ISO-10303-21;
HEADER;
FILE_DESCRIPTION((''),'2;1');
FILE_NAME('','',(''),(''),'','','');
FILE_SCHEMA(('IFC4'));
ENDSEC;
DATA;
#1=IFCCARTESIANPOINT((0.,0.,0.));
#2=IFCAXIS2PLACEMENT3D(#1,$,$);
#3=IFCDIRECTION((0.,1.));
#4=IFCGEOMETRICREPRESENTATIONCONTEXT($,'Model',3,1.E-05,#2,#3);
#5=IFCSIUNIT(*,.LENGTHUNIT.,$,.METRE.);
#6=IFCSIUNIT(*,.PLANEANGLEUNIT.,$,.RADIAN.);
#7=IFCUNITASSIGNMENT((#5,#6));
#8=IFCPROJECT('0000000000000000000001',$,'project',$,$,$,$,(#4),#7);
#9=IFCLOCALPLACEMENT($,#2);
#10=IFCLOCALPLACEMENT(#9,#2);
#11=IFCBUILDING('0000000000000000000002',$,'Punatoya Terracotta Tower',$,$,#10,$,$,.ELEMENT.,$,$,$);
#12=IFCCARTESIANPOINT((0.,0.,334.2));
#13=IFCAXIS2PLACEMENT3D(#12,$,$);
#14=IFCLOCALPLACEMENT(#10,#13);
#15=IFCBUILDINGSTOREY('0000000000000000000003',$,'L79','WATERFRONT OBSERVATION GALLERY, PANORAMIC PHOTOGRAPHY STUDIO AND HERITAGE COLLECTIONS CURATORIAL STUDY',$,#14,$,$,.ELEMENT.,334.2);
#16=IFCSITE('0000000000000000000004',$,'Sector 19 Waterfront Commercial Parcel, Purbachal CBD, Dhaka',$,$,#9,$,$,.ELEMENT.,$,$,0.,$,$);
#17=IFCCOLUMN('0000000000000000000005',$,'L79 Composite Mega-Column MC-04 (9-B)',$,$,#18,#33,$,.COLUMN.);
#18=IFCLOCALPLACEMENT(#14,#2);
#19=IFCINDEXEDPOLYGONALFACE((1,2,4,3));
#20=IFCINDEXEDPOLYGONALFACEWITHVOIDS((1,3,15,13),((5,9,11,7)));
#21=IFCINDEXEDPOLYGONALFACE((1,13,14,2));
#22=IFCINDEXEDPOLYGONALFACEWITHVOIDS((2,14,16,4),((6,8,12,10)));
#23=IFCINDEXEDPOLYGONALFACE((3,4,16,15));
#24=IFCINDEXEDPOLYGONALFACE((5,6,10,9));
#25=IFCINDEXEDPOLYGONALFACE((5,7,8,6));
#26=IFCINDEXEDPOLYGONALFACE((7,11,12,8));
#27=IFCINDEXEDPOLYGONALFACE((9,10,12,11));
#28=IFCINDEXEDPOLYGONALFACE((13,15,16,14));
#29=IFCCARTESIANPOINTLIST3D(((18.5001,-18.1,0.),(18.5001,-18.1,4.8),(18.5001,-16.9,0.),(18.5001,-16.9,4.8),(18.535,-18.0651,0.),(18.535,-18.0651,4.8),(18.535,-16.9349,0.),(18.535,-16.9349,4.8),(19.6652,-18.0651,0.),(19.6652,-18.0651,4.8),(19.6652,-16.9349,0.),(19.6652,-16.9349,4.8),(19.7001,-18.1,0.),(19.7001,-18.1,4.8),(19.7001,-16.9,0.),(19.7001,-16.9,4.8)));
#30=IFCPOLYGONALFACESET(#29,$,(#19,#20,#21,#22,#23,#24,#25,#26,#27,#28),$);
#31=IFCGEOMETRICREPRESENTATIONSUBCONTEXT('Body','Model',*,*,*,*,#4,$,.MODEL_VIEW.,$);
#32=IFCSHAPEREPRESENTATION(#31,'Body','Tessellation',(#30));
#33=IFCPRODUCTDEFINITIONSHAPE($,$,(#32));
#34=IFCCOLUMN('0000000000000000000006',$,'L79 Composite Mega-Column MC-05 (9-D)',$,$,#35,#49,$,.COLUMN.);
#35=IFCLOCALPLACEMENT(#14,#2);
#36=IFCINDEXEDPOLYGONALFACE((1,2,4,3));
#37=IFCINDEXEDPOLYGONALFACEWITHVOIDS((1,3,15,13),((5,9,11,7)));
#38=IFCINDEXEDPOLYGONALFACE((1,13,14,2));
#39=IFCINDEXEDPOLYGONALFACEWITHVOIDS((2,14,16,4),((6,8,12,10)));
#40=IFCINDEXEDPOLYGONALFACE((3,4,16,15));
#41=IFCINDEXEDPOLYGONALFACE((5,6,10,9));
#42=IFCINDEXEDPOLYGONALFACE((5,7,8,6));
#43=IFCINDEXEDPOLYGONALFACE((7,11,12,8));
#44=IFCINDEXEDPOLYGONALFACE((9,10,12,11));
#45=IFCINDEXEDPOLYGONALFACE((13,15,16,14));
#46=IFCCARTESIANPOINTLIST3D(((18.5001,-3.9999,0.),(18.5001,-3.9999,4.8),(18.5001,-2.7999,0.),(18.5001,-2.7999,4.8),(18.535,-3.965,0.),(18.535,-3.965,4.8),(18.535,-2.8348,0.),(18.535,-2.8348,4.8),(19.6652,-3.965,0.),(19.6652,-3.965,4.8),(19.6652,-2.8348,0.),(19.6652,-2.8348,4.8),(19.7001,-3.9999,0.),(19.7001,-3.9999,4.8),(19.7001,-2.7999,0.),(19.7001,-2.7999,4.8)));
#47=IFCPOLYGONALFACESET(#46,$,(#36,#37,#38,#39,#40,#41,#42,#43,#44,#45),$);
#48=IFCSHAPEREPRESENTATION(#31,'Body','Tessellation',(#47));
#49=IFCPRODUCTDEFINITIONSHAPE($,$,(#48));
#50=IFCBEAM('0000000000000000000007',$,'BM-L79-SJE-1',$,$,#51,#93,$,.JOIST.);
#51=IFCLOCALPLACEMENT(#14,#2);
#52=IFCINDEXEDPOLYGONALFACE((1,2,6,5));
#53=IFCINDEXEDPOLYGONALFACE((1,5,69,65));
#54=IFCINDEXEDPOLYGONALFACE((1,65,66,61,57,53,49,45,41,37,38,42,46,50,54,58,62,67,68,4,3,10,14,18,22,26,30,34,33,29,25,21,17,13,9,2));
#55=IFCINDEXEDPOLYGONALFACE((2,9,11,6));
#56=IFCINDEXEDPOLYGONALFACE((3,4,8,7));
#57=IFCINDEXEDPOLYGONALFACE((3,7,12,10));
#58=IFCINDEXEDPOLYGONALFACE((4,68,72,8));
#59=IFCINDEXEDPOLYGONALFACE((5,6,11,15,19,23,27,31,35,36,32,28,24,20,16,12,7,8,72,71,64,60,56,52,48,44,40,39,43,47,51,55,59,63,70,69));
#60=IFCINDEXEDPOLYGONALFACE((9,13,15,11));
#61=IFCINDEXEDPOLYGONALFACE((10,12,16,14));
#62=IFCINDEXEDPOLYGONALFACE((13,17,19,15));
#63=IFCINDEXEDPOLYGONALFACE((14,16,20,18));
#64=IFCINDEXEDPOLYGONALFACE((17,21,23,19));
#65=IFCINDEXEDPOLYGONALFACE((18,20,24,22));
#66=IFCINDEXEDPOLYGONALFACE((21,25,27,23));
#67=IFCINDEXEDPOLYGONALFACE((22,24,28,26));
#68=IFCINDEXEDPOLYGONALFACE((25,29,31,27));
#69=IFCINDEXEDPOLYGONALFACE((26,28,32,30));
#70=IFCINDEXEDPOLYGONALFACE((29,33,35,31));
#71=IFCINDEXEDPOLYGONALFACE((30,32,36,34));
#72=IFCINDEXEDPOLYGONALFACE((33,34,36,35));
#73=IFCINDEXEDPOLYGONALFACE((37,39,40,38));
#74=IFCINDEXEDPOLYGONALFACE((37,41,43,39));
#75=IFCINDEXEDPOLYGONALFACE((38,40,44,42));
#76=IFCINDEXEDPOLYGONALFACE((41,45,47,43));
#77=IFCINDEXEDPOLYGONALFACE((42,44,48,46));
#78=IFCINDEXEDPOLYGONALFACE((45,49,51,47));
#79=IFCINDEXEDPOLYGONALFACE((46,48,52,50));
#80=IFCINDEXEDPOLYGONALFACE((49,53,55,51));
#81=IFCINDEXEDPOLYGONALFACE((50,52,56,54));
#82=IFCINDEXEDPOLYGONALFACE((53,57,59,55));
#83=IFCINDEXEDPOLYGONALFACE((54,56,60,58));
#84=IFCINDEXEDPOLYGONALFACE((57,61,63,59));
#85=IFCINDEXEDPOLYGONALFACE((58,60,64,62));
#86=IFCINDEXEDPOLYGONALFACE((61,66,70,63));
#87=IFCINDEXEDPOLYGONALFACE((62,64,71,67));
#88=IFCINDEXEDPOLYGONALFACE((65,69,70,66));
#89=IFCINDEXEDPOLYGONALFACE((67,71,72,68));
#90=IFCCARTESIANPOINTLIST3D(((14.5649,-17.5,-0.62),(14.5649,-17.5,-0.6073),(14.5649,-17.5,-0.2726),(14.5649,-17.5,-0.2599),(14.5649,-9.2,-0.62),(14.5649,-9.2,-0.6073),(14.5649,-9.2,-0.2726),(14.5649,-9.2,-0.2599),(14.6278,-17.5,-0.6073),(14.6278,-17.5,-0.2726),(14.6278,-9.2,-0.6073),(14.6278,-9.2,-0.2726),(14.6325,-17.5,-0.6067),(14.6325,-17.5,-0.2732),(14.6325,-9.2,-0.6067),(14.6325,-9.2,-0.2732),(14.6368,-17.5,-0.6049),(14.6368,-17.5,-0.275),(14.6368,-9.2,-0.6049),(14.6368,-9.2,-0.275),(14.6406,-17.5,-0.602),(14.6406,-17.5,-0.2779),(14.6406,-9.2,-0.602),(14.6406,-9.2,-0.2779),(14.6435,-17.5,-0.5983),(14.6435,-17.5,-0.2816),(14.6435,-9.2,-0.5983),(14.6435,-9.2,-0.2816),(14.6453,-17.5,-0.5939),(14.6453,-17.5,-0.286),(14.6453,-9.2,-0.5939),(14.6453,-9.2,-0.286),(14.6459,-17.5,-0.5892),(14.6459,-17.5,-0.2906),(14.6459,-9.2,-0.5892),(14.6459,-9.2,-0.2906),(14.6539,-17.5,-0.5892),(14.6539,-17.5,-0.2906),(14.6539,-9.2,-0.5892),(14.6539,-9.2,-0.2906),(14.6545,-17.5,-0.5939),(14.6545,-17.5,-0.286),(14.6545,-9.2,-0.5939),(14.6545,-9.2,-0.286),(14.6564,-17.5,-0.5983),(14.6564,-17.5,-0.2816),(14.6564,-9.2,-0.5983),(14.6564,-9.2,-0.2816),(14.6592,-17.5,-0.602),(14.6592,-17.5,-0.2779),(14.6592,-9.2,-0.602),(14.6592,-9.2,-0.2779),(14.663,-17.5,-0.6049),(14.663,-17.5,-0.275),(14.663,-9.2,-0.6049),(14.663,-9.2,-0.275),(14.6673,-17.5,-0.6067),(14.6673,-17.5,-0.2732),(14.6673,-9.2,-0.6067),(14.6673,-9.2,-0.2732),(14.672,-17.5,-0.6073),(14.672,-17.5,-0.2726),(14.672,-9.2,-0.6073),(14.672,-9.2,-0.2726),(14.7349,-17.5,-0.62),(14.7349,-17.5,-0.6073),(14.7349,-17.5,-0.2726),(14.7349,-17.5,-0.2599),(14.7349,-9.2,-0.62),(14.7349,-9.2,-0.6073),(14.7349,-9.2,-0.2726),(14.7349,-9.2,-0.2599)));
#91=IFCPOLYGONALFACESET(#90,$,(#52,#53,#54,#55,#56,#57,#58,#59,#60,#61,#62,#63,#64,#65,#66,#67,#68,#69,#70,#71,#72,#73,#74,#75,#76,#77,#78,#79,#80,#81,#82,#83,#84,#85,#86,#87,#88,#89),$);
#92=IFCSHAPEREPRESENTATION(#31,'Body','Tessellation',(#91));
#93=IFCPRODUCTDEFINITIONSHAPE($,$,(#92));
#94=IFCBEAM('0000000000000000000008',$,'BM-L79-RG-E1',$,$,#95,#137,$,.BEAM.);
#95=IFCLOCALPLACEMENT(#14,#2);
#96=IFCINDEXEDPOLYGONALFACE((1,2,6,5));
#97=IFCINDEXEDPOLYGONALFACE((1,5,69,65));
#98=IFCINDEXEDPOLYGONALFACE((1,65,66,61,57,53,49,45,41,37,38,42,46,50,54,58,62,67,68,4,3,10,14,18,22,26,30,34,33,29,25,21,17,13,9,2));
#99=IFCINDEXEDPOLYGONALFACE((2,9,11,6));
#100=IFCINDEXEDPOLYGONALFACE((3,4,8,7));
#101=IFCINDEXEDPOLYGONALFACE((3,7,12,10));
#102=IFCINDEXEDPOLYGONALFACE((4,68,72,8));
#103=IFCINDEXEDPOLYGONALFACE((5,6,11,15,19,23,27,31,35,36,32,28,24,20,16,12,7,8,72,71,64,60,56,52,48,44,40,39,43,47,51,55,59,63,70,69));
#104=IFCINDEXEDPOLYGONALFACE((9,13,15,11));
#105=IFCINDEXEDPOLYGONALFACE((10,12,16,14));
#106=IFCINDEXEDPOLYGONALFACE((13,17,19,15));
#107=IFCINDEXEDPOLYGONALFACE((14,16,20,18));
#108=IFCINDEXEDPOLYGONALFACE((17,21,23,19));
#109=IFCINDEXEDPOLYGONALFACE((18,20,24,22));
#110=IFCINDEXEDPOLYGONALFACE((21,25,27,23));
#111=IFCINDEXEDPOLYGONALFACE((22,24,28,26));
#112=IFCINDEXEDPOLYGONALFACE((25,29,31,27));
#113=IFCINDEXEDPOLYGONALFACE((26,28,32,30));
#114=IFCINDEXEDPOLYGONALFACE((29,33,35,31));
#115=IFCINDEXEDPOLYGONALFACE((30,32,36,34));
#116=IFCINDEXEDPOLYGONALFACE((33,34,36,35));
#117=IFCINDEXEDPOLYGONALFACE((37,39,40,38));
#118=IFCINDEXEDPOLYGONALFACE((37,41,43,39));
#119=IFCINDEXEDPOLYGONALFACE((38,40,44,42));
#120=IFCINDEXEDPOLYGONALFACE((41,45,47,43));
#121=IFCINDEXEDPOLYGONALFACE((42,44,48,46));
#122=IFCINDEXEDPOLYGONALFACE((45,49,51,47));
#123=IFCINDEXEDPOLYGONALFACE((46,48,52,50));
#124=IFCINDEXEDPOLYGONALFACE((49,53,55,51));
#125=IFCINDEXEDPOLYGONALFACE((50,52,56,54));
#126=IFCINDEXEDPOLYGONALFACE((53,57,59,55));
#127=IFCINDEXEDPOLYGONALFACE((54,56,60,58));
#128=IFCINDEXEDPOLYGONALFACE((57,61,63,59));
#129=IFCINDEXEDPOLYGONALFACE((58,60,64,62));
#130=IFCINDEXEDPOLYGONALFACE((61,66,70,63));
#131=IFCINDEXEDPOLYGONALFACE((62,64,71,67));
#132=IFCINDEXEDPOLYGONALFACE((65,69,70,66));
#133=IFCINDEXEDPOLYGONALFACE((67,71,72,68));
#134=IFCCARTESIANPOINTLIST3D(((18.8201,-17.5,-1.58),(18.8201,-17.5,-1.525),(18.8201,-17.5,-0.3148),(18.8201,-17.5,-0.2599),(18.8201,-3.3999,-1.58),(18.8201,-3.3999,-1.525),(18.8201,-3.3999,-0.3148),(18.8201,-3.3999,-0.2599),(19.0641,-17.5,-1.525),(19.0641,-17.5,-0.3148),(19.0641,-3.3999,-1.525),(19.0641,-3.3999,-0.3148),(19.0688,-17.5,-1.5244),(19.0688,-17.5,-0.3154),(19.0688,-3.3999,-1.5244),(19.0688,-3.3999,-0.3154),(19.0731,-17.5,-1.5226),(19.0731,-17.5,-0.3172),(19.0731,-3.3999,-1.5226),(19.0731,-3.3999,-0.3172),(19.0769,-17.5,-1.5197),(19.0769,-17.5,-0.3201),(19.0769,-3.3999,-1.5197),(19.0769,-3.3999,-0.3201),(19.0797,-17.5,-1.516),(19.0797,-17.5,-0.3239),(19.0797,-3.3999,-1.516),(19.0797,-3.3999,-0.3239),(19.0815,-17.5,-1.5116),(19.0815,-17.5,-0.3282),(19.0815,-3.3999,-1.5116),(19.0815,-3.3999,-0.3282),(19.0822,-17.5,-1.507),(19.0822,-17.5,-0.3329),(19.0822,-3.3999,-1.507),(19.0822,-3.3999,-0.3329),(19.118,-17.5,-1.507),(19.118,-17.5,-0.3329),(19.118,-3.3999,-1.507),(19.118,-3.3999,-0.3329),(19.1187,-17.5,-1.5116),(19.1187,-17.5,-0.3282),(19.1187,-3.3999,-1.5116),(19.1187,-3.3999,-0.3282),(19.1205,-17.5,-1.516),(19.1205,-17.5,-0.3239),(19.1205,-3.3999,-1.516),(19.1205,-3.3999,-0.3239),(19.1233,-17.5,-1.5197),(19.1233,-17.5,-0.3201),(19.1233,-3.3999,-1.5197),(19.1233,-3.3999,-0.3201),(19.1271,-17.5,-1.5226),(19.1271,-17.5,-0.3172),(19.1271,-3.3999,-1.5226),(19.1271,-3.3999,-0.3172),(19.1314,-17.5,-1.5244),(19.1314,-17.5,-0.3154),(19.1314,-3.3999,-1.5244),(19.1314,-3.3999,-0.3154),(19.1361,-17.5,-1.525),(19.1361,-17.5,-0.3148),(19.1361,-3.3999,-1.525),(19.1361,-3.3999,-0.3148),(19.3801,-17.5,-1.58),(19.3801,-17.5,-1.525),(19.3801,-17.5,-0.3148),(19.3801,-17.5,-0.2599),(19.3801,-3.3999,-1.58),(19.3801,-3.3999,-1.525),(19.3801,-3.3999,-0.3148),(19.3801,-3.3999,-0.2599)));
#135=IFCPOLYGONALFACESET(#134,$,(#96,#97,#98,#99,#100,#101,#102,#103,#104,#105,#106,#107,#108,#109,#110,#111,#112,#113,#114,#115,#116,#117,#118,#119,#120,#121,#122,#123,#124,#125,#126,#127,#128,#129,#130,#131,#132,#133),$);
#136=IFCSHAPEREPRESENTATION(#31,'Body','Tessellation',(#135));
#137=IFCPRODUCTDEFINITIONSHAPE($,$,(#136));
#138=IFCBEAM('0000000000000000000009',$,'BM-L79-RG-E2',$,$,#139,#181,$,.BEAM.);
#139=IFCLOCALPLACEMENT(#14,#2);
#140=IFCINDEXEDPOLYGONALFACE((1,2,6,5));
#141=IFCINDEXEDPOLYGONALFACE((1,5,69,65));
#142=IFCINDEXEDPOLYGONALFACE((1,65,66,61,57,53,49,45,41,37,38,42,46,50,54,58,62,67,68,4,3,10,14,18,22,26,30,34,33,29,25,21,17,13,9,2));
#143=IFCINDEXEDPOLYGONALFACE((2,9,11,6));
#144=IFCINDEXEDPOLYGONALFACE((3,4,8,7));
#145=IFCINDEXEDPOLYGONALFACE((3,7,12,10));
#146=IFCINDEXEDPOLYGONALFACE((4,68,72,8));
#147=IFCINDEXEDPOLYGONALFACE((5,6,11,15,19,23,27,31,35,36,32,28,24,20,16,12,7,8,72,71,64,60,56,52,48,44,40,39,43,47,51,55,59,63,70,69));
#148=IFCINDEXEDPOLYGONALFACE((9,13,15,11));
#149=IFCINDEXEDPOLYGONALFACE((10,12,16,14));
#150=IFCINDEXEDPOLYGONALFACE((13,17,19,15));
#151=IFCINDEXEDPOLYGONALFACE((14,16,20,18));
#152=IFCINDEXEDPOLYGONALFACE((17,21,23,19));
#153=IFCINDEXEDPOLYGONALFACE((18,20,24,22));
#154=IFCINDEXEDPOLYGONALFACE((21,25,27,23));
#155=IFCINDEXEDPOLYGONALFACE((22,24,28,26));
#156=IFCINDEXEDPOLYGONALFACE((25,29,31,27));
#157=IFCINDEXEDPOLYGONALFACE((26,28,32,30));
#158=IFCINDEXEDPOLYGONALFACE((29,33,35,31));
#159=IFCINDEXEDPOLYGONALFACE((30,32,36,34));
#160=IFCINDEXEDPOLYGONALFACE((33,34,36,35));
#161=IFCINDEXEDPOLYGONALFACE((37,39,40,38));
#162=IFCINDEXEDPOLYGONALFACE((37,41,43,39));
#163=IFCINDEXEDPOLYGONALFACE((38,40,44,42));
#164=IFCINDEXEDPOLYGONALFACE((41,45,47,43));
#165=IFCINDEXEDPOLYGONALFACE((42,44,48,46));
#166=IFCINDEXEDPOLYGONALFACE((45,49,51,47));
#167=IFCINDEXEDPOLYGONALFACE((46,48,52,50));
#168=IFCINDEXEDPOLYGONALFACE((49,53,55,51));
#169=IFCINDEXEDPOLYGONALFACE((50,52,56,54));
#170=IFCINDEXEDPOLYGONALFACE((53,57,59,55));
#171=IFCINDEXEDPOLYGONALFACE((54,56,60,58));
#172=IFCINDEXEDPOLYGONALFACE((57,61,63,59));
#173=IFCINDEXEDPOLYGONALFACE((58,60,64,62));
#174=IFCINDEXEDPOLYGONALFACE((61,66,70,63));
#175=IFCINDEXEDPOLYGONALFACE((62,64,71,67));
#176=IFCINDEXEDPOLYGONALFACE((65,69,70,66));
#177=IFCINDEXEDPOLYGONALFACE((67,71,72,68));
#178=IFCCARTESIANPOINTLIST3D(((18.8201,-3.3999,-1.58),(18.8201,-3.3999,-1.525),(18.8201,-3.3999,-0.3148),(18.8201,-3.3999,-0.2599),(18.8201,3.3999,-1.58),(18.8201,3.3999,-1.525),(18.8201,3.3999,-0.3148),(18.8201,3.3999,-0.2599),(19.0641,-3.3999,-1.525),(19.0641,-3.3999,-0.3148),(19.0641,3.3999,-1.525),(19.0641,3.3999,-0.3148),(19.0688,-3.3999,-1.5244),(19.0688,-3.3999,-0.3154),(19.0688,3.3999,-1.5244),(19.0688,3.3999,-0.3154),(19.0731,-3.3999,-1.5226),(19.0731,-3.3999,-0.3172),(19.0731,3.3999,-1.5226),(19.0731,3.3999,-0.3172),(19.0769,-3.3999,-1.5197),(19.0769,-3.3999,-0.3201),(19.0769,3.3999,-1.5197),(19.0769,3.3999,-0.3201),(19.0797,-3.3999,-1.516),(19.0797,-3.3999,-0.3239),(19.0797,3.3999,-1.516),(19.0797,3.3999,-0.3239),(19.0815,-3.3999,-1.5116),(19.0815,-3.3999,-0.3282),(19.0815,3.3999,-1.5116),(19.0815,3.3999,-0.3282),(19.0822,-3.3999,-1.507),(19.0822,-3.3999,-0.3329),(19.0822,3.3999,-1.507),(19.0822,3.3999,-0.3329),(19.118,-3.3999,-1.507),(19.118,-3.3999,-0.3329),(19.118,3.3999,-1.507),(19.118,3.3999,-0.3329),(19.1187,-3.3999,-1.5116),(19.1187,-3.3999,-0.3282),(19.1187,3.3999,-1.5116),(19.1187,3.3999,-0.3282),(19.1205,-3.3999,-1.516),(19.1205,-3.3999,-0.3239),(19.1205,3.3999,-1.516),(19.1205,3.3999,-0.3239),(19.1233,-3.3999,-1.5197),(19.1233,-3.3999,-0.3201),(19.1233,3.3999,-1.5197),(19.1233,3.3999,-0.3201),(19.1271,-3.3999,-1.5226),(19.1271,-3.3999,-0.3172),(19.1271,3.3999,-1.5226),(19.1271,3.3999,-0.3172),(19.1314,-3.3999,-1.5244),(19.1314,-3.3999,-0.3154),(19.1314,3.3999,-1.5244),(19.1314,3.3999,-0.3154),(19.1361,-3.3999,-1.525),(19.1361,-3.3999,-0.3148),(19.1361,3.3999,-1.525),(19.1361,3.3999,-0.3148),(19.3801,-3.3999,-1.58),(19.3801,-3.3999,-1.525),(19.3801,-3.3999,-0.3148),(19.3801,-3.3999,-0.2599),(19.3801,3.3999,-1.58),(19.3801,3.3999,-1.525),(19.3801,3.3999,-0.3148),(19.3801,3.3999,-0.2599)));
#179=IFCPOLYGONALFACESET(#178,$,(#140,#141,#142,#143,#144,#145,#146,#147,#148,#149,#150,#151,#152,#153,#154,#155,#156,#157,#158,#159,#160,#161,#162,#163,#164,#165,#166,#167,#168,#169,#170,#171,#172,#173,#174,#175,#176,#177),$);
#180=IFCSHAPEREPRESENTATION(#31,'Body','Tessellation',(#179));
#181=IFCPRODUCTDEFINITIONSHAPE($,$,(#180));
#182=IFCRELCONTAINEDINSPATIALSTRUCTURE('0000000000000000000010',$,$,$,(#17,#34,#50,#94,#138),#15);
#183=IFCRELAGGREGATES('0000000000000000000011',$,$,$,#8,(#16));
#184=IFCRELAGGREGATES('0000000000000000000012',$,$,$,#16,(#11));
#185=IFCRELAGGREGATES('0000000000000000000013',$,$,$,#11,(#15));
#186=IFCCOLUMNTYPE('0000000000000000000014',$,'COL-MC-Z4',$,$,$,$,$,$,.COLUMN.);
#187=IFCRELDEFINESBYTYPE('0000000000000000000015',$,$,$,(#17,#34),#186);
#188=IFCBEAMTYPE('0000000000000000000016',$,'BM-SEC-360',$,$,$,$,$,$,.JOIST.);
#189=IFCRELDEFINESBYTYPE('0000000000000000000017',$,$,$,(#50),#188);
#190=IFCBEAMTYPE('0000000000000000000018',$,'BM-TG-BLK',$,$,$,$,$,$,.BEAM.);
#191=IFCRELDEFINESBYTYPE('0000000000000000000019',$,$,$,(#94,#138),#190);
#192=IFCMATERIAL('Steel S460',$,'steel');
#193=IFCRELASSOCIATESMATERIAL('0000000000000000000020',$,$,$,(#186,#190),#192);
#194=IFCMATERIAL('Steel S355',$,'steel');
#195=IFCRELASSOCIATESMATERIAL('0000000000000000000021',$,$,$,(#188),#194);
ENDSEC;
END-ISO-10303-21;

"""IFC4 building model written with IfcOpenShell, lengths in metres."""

from ifc_helpers import new_model, si_unit, direction, frame, origin, origin_2d, place, context, subcontext, project, spatial, hollow_rectangle, i_section, extrude, material, material_profile, profile_set, type_object, element, save


model = new_model("IFC4")

# Units and contexts
model_context = context("Model", 3, precision=1e-05, world=origin(), true_north=direction((0.0, 1.0)))
body_context = subcontext(model_context, "Body", "Model", "MODEL_VIEW")
ifc_project = project(units=[si_unit("LENGTHUNIT", "METRE"), si_unit("PLANEANGLEUNIT", "RADIAN")], contexts=[model_context])

# Site, building, storey
site_placement = place(None, origin())
site = spatial("IfcSite", under=ifc_project, at=site_placement, Name="Sector 19 Waterfront Commercial Parcel, Purbachal CBD, Dhaka", CompositionType="ELEMENT", RefElevation=0.0)
building_placement = place(site_placement, origin())
building = spatial("IfcBuilding", under=site, at=building_placement, Name="Punatoya Terracotta Tower", CompositionType="ELEMENT")
storey_placement = place(building_placement, frame((0.0, 0.0, 334.2)))
storey = spatial("IfcBuildingStorey", under=building, at=storey_placement, Name="L79", Description="WATERFRONT OBSERVATION GALLERY, PANORAMIC PHOTOGRAPHY STUDIO AND HERITAGE COLLECTIONS CURATORIAL STUDY", CompositionType="ELEMENT", Elevation=334.2)

# Columns
ifc_material_1 = material(Name="Steel S460", Category="steel")
ifc_material_profile_1 = material_profile(ifc_material_1, hollow_rectangle(XDim=1.2, YDim=1.2, WallThickness=0.0349, at=origin_2d()))
ifc_profile_set_1 = profile_set([ifc_material_profile_1], Name="Steel S460")
column_type = type_object("IfcColumnType", Name="COL-MC-Z4", PredefinedType="COLUMN", material=ifc_profile_set_1)
for number, where, z_axis, x_axis, name in (
    (1, (19.1001, -17.5, 0.0), (0.0, 0.0, 1.0), (1.0, 0.0, 0.0), "L79 Composite Mega-Column MC-04 (9-B)"),
    (2, (19.1001, -3.3999, 0.0), (0.0, 0.0, 1.0), (1.0, 0.0, 0.0), "L79 Composite Mega-Column MC-05 (9-D)"),
):
    element("IfcColumn", number, at=place(storey_placement, frame(where, z_axis=z_axis, x_axis=x_axis)), inside=storey, type_object=column_type, Name=name, PredefinedType="COLUMN", context=body_context, shape_type="SweptSolid", body=[
        extrude(hollow_rectangle(XDim=1.2, YDim=1.2, WallThickness=0.0349, at=origin_2d()), origin(), (0.0, 0.0, 1.0), 4.8),
    ])

# Beams
ifc_material_2 = material(Name="Steel S355", Category="steel")
ifc_material_profile_2 = material_profile(ifc_material_2, i_section(OverallWidth=0.1699, OverallDepth=0.3601, WebThickness=0.0081, FlangeThickness=0.0127, FilletRadius=0.0181, at=origin_2d()))
ifc_profile_set_2 = profile_set([ifc_material_profile_2], Name="Steel S355")
beam_type_1 = type_object("IfcBeamType", Name="BM-SEC-360", PredefinedType="JOIST", material=ifc_profile_set_2)
beam_1_placement = place(storey_placement, frame((14.6499, -17.5, -0.4399), z_axis=(0.0, 1.0, 0.0), x_axis=(-1.0, 0.0, 0.0)))
element("IfcBeam", 3, at=beam_1_placement, inside=storey, type_object=beam_type_1, Name="BM-L79-SJE-1", PredefinedType="JOIST", context=body_context, shape_type="SweptSolid", body=[
    extrude(i_section(OverallWidth=0.1699, OverallDepth=0.3601, WebThickness=0.0081, FlangeThickness=0.0127, FilletRadius=0.0181, at=origin_2d()), origin(), (0.0, 0.0, 1.0), 8.3),
])
ifc_material_profile_3 = material_profile(ifc_material_1, i_section(OverallWidth=0.5601, OverallDepth=1.3201, WebThickness=0.0359, FlangeThickness=0.0549, FilletRadius=0.0181, at=origin_2d()))
ifc_profile_set_3 = profile_set([ifc_material_profile_3], Name="Steel S460")
beam_type_2 = type_object("IfcBeamType", Name="BM-TG-BLK", PredefinedType="BEAM", material=ifc_profile_set_3)
beam_2_placement = place(storey_placement, frame((19.1001, -17.5, -0.9199), z_axis=(0.0, 1.0, 0.0), x_axis=(-1.0, 0.0, 0.0)))
element("IfcBeam", 4, at=beam_2_placement, inside=storey, type_object=beam_type_2, Name="BM-L79-RG-E1", PredefinedType="BEAM", context=body_context, shape_type="SweptSolid", body=[
    extrude(i_section(OverallWidth=0.5601, OverallDepth=1.3201, WebThickness=0.0359, FlangeThickness=0.0549, FilletRadius=0.0181, at=origin_2d()), origin(), (0.0, 0.0, 1.0), 14.1001),
])
beam_3_placement = place(storey_placement, frame((19.1001, -3.3999, -0.9199), z_axis=(0.0, 1.0, 0.0), x_axis=(-1.0, 0.0, 0.0)))
element("IfcBeam", 5, at=beam_3_placement, inside=storey, type_object=beam_type_2, Name="BM-L79-RG-E2", PredefinedType="BEAM", context=body_context, shape_type="SweptSolid", body=[
    extrude(i_section(OverallWidth=0.5601, OverallDepth=1.3201, WebThickness=0.0359, FlangeThickness=0.0549, FilletRadius=0.0181, at=origin_2d()), origin(), (0.0, 0.0, 1.0), 6.7998),
])

save(model, "model.ifc")
